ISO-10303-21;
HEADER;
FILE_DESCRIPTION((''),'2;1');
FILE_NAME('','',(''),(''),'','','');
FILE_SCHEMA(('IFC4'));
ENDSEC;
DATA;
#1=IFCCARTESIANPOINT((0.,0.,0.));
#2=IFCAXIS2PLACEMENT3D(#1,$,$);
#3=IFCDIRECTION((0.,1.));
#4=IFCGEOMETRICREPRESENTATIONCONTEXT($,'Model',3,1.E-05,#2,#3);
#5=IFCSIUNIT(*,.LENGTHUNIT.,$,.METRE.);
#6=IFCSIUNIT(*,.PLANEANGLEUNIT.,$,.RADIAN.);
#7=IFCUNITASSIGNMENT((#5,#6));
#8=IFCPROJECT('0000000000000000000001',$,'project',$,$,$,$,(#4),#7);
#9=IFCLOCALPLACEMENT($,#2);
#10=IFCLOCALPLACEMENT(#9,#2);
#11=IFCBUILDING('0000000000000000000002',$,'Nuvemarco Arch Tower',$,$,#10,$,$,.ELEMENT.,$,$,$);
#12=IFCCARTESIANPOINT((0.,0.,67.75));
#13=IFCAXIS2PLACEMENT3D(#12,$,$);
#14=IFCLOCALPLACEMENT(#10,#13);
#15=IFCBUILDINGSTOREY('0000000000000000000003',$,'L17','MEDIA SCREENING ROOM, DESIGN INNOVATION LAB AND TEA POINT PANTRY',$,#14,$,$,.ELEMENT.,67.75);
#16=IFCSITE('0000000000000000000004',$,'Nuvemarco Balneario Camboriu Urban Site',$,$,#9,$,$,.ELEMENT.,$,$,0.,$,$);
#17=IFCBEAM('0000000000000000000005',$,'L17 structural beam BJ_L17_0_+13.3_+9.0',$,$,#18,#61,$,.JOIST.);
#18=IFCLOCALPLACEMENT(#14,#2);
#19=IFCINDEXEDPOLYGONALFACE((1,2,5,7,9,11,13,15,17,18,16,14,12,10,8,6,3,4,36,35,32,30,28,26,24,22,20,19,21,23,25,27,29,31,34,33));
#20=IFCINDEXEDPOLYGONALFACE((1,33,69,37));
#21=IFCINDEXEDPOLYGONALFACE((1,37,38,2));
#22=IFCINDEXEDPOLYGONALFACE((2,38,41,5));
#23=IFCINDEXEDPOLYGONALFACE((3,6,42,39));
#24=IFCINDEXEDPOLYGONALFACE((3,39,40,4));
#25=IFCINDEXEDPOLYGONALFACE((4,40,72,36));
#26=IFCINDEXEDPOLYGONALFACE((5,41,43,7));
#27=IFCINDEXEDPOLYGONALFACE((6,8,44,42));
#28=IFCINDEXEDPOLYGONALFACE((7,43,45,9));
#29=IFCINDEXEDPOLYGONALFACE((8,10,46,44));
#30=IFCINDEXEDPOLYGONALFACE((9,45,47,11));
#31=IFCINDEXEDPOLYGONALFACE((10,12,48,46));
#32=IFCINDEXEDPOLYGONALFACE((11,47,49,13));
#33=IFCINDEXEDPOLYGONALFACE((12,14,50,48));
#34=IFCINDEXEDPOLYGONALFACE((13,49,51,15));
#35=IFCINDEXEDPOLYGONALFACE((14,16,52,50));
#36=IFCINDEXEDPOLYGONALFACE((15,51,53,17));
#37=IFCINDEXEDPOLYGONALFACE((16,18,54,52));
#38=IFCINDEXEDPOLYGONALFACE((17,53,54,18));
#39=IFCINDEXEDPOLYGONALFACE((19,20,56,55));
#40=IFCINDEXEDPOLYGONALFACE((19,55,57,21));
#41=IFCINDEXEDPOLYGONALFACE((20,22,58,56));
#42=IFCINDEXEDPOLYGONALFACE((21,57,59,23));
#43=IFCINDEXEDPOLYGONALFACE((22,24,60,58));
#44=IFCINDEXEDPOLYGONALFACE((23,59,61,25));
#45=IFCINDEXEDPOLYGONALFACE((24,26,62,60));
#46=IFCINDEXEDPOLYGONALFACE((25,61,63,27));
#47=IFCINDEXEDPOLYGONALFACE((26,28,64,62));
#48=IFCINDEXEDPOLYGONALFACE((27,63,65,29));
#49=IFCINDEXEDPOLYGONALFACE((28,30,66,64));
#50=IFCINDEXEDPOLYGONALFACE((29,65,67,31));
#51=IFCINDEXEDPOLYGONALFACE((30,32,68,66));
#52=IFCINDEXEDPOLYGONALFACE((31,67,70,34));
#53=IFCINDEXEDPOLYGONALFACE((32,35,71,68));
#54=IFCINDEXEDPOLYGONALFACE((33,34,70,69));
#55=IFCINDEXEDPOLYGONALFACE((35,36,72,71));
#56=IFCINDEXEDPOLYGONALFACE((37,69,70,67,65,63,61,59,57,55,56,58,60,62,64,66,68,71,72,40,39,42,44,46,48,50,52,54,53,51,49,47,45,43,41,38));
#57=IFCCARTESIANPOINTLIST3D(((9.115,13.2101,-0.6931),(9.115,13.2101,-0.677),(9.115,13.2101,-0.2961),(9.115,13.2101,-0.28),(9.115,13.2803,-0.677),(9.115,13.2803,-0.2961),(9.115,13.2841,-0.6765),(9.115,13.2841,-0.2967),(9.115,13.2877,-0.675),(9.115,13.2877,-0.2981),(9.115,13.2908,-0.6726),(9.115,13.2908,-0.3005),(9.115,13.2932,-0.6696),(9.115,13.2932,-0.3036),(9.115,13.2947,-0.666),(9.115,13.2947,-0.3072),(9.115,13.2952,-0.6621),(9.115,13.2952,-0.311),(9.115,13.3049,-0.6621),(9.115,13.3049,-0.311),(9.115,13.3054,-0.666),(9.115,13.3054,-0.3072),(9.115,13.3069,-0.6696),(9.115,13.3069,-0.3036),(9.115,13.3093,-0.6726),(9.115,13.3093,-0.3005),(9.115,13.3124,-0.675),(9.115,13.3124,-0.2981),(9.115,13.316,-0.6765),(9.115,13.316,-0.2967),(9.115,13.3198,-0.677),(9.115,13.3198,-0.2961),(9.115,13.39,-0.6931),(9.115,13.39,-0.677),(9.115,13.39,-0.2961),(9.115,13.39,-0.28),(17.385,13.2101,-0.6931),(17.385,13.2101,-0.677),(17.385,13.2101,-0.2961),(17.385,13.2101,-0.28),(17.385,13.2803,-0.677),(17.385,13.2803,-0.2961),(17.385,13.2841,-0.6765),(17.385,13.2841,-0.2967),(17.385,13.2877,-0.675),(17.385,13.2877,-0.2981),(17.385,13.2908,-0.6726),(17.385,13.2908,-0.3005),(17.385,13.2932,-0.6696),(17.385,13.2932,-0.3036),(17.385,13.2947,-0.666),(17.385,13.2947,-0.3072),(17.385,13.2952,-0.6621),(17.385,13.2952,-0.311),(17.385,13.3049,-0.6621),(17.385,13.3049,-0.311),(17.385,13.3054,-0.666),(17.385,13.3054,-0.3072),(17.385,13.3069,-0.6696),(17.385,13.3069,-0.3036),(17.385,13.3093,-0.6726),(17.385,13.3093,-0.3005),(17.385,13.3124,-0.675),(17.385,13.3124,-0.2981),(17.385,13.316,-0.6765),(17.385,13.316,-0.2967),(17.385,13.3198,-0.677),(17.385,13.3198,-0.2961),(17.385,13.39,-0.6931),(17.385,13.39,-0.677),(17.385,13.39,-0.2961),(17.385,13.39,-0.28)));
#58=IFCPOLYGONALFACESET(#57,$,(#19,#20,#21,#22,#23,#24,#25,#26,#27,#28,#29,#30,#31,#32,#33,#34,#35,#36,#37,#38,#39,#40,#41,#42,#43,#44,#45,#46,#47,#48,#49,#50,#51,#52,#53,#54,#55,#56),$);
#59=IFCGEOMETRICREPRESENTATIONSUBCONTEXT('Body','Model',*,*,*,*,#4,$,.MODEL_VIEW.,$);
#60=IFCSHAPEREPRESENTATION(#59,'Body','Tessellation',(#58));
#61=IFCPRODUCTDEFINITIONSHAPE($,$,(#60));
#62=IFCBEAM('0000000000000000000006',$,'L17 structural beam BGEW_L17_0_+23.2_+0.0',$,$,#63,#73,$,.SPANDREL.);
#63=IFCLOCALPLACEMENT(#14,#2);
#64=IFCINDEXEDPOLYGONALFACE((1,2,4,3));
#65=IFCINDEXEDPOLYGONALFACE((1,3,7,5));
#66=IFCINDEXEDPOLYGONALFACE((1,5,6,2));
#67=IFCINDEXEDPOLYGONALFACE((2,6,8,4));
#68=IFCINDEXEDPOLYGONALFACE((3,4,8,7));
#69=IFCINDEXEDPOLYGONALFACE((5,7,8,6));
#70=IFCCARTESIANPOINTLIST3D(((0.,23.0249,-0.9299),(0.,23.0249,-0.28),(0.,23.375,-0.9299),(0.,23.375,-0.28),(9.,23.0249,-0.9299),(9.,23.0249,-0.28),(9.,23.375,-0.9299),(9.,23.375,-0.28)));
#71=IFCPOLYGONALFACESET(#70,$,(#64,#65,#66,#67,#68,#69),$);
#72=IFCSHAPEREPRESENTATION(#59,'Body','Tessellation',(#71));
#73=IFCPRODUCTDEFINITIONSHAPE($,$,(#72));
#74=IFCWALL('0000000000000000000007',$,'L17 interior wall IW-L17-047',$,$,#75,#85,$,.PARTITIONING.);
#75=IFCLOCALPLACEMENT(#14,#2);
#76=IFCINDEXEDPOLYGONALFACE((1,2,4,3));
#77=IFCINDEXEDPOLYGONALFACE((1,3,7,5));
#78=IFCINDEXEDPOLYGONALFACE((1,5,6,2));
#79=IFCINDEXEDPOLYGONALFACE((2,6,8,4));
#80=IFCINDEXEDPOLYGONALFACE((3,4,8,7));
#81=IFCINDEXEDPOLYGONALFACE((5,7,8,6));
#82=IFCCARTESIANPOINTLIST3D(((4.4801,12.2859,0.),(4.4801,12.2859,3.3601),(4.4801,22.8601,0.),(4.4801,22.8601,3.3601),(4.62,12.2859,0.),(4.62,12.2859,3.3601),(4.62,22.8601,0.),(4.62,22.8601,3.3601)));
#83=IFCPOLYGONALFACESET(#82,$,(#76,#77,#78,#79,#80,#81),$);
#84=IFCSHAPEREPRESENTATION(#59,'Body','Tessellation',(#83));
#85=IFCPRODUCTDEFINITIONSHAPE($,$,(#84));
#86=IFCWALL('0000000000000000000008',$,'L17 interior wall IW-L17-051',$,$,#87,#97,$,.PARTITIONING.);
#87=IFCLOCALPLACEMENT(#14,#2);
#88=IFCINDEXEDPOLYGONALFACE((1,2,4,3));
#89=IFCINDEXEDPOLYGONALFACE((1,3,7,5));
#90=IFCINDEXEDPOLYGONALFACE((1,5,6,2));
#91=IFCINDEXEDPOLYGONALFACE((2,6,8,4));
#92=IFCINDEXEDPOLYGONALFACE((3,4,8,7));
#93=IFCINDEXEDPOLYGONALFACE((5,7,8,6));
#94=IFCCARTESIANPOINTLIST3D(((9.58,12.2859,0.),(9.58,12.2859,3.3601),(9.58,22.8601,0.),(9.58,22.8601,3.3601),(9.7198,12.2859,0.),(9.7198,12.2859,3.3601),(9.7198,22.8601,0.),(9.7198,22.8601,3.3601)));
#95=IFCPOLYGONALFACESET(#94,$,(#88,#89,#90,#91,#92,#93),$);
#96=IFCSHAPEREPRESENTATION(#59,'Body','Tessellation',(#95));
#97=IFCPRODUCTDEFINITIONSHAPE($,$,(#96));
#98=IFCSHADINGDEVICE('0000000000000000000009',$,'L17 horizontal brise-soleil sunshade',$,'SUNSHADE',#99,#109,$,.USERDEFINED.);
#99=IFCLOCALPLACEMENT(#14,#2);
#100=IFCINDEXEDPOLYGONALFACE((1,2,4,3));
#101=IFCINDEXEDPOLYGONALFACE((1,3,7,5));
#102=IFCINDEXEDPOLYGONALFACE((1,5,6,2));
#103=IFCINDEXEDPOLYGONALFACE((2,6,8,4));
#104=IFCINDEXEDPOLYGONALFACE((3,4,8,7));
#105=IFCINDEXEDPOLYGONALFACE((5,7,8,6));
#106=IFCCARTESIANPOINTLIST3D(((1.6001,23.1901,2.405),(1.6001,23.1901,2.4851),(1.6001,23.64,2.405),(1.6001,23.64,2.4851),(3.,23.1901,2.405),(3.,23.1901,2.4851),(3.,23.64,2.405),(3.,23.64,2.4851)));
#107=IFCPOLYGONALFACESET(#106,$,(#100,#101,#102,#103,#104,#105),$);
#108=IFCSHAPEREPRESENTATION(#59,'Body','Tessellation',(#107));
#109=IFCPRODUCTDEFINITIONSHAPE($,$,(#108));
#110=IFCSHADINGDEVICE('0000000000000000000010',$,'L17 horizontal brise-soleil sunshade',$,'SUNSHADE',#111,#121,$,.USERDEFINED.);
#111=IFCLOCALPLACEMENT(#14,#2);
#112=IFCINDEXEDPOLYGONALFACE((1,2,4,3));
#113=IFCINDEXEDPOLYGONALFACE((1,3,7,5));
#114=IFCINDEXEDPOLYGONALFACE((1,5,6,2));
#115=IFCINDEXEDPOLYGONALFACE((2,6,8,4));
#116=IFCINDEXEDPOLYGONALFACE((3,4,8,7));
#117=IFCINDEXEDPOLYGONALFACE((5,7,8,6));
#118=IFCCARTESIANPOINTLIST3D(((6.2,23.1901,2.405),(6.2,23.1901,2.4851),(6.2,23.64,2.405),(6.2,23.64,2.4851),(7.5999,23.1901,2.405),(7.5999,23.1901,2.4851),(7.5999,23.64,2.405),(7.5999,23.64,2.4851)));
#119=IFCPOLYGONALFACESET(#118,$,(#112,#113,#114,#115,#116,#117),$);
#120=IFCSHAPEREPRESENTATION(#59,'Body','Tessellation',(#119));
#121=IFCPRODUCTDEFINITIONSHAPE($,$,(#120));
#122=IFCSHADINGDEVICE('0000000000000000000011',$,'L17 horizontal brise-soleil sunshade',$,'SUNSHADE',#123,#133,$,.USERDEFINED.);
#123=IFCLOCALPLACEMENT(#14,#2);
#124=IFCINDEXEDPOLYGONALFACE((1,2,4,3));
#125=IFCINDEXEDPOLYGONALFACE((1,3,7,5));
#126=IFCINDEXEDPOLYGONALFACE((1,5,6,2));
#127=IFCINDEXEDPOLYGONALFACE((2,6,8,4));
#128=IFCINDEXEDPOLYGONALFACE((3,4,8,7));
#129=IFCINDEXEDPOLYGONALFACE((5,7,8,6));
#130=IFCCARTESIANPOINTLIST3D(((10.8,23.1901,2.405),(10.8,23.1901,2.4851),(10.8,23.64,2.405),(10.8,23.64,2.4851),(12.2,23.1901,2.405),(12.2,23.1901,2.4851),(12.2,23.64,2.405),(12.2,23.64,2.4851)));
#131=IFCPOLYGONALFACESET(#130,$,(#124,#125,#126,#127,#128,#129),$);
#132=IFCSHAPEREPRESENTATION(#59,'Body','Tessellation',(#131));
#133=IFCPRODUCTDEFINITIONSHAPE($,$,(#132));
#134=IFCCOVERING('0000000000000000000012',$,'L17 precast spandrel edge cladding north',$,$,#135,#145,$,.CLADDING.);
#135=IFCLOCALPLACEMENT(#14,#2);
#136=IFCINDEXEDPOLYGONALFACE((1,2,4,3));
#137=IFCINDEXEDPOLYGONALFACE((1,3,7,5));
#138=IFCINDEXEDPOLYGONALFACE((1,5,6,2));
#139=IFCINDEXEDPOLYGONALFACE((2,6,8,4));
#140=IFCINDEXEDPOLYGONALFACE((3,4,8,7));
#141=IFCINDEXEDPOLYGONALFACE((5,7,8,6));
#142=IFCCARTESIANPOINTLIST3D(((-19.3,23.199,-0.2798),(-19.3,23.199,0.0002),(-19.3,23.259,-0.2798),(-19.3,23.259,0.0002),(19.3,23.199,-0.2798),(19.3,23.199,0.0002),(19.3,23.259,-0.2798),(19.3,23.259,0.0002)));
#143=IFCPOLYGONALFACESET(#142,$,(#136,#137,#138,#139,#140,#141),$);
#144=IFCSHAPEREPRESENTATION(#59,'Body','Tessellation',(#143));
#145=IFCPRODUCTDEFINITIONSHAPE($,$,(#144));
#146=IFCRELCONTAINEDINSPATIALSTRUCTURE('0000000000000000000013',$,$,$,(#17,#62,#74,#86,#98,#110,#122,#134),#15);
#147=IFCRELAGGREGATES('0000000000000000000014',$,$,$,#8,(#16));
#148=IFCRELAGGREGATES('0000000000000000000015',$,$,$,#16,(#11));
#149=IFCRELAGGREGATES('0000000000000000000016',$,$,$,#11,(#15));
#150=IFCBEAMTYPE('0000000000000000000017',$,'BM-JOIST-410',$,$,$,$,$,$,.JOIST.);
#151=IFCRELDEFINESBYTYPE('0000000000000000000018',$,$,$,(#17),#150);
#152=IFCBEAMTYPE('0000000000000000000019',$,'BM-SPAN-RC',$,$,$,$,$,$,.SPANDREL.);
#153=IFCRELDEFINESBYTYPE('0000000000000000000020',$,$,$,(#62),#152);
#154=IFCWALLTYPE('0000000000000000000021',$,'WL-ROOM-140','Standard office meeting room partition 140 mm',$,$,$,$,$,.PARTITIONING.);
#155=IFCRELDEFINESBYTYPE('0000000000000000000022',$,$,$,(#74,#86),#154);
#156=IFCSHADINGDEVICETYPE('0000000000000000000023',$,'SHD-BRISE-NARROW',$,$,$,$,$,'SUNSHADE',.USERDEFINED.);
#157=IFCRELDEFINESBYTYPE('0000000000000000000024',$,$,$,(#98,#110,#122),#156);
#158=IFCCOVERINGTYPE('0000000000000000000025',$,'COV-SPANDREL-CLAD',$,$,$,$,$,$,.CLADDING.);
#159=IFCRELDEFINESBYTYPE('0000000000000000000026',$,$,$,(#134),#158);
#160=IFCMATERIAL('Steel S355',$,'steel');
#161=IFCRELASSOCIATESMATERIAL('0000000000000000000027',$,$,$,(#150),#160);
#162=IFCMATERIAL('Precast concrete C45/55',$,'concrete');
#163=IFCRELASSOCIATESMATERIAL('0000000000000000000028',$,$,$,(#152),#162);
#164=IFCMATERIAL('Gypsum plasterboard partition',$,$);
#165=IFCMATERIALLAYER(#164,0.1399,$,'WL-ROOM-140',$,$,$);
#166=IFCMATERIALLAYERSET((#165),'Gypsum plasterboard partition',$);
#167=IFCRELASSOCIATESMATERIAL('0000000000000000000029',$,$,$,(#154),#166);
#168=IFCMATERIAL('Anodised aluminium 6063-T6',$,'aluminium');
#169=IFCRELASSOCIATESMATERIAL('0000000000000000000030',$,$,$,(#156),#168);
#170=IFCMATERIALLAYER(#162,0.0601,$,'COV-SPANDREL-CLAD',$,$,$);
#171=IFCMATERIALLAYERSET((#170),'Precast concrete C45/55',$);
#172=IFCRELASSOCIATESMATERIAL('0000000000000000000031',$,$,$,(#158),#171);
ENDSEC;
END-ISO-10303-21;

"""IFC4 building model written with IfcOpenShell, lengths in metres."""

from ifc_helpers import new_model, si_unit, direction, frame, frame_2d, origin, origin_2d, place, context, subcontext, project, spatial, rectangle, i_section, extrude, source, transform, mapped, material, layer, layer_set, material_profile, profile_set, type_object, type_shapes, element, save


model = new_model("IFC4")

# Units and contexts
model_context = context("Model", 3, precision=1e-05, world=origin(), true_north=direction((0.0, 1.0)))
body_context = subcontext(model_context, "Body", "Model", "MODEL_VIEW")
ifc_project = project(units=[si_unit("LENGTHUNIT", "METRE"), si_unit("PLANEANGLEUNIT", "RADIAN")], contexts=[model_context])

# Site, building, storey
site_placement = place(None, origin())
site = spatial("IfcSite", under=ifc_project, at=site_placement, Name="Nuvemarco Balneario Camboriu Urban Site", CompositionType="ELEMENT", RefElevation=0.0)
building_placement = place(site_placement, origin())
building = spatial("IfcBuilding", under=site, at=building_placement, Name="Nuvemarco Arch Tower", CompositionType="ELEMENT")
storey_placement = place(building_placement, frame((0.0, 0.0, 67.75)))
storey = spatial("IfcBuildingStorey", under=building, at=storey_placement, Name="L17", Description="MEDIA SCREENING ROOM, DESIGN INNOVATION LAB AND TEA POINT PANTRY", CompositionType="ELEMENT", Elevation=67.75)

# Shared definitions
ifc_material_1 = material(Name="Steel S355", Category="steel")

# Beams
ifc_material_profile_1 = material_profile(ifc_material_1, i_section(OverallWidth=0.1799, OverallDepth=0.4131, WebThickness=0.0098, FlangeThickness=0.0161, FilletRadius=0.0149, at=origin_2d()), Name="W410x75")
ifc_profile_set_1 = profile_set([ifc_material_profile_1], Name="Steel S355")
beam_type_1 = type_object("IfcBeamType", Name="BM-JOIST-410", PredefinedType="JOIST", material=ifc_profile_set_1)
beam_1_placement = place(storey_placement, frame((9.115, 13.3, -0.4866), z_axis=(1.0, 0.0, 0.0), x_axis=(0.0, 1.0, 0.0)))
element("IfcBeam", 1, at=beam_1_placement, inside=storey, type_object=beam_type_1, Name="L17 structural beam BJ_L17_0_+13.3_+9.0", PredefinedType="JOIST", context=body_context, shape_type="SweptSolid", body=[
    extrude(i_section(OverallWidth=0.1799, OverallDepth=0.4131, WebThickness=0.0098, FlangeThickness=0.0161, FilletRadius=0.0149, at=origin_2d()), origin(), (0.0, 0.0, 1.0), 8.27),
])
ifc_material_2 = material(Name="Precast concrete C45/55", Category="concrete")
ifc_material_profile_2 = material_profile(ifc_material_2, rectangle(XDim=0.3501, YDim=0.6499, at=origin_2d()), Name="PC-SP-350x650")
ifc_profile_set_2 = profile_set([ifc_material_profile_2], Name="Precast concrete C45/55")
beam_type_2 = type_object("IfcBeamType", Name="BM-SPAN-RC", PredefinedType="SPANDREL", material=ifc_profile_set_2)
beam_2_placement = place(storey_placement, frame((0.0, 23.2, -0.605), z_axis=(1.0, 0.0, 0.0), x_axis=(0.0, 1.0, 0.0)))
element("IfcBeam", 2, at=beam_2_placement, inside=storey, type_object=beam_type_2, Name="L17 structural beam BGEW_L17_0_+23.2_+0.0", PredefinedType="SPANDREL", context=body_context, shape_type="SweptSolid", body=[
    extrude(rectangle(XDim=0.3501, YDim=0.6499, at=origin_2d()), origin(), (0.0, 0.0, 1.0), 9.0),
])

# Walls
ifc_material_3 = material(Name="Gypsum plasterboard partition")
ifc_layer_1 = layer(ifc_material_3, 0.1399, Name="WL-ROOM-140")
ifc_layer_set_1 = layer_set([ifc_layer_1], Name="Gypsum plasterboard partition")
wall_type = type_object("IfcWallType", Name="WL-ROOM-140", Description="Standard office meeting room partition 140 mm", PredefinedType="PARTITIONING", material=ifc_layer_set_1)
for number, where, z_axis, x_axis, name in (
    (3, (4.55, 12.2859, 0.0), (0.0, 0.0, 1.0), (0.0, 1.0, 0.0), "L17 interior wall IW-L17-047"),
    (4, (9.6499, 12.2859, 0.0), (0.0, 0.0, 1.0), (0.0, 1.0, 0.0), "L17 interior wall IW-L17-051"),
):
    element("IfcWall", number, at=place(storey_placement, frame(where, z_axis=z_axis, x_axis=x_axis)), inside=storey, type_object=wall_type, Name=name, PredefinedType="PARTITIONING", context=body_context, shape_type="SweptSolid", body=[
        extrude(rectangle(XDim=10.5742, YDim=0.1399, at=frame_2d((5.2871, 0.0))), origin(), (0.0, 0.0, 1.0), 3.3601),
    ])

# Shading devices
ifc_material_4 = material(Name="Anodised aluminium 6063-T6", Category="aluminium")
shading_device_type = type_object("IfcShadingDeviceType", Name="SHD-BRISE-NARROW", ElementType="SUNSHADE", PredefinedType="USERDEFINED", material=ifc_material_4)
shared_shape_1 = source(origin(), body_context, "Body", "SweptSolid", [
    extrude(rectangle(XDim=1.3999, YDim=0.45, at=origin_2d()), origin(), (0.0, 0.0, 1.0), 0.0801),
])
type_shapes(shading_device_type, [shared_shape_1])
for number, where, z_axis, x_axis, name in (
    (5, (2.3, 23.415, 2.405), (0.0, 0.0, 1.0), (1.0, 0.0, 0.0), "L17 horizontal brise-soleil sunshade"),
    (6, (6.8999, 23.415, 2.405), (0.0, 0.0, 1.0), (1.0, 0.0, 0.0), "L17 horizontal brise-soleil sunshade"),
    (7, (11.5, 23.415, 2.405), (0.0, 0.0, 1.0), (1.0, 0.0, 0.0), "L17 horizontal brise-soleil sunshade"),
):
    element("IfcShadingDevice", number, at=place(storey_placement, frame(where, z_axis=z_axis, x_axis=x_axis)), inside=storey, type_object=shading_device_type, Name=name, ObjectType="SUNSHADE", PredefinedType="USERDEFINED", context=body_context, shape_type="MappedRepresentation", body=[
        mapped(shared_shape_1, transform((0.0, 0.0, 0.0), scale=1.0)),
    ])

# Covering
ifc_layer_2 = layer(ifc_material_2, 0.0601, Name="COV-SPANDREL-CLAD")
ifc_layer_set_2 = layer_set([ifc_layer_2], Name="Precast concrete C45/55")
covering_type = type_object("IfcCoveringType", Name="COV-SPANDREL-CLAD", PredefinedType="CLADDING", material=ifc_layer_set_2)
shared_shape_2 = source(origin(), body_context, "Body", "SweptSolid", [
    extrude(rectangle(XDim=38.6001, YDim=0.0601, at=origin_2d()), origin(), (0.0, 0.0, 1.0), 0.28),
])
type_shapes(covering_type, [shared_shape_2])
covering_placement = place(storey_placement, frame((0.0, 23.229, -0.2798), z_axis=(0.0, 0.0, 1.0), x_axis=(1.0, 0.0, 0.0)))
element("IfcCovering", 8, at=covering_placement, inside=storey, type_object=covering_type, Name="L17 precast spandrel edge cladding north", PredefinedType="CLADDING", context=body_context, shape_type="MappedRepresentation", body=[
    mapped(shared_shape_2, transform((0.0, 0.0, 0.0), scale=1.0)),
])

save(model, "model.ifc")
